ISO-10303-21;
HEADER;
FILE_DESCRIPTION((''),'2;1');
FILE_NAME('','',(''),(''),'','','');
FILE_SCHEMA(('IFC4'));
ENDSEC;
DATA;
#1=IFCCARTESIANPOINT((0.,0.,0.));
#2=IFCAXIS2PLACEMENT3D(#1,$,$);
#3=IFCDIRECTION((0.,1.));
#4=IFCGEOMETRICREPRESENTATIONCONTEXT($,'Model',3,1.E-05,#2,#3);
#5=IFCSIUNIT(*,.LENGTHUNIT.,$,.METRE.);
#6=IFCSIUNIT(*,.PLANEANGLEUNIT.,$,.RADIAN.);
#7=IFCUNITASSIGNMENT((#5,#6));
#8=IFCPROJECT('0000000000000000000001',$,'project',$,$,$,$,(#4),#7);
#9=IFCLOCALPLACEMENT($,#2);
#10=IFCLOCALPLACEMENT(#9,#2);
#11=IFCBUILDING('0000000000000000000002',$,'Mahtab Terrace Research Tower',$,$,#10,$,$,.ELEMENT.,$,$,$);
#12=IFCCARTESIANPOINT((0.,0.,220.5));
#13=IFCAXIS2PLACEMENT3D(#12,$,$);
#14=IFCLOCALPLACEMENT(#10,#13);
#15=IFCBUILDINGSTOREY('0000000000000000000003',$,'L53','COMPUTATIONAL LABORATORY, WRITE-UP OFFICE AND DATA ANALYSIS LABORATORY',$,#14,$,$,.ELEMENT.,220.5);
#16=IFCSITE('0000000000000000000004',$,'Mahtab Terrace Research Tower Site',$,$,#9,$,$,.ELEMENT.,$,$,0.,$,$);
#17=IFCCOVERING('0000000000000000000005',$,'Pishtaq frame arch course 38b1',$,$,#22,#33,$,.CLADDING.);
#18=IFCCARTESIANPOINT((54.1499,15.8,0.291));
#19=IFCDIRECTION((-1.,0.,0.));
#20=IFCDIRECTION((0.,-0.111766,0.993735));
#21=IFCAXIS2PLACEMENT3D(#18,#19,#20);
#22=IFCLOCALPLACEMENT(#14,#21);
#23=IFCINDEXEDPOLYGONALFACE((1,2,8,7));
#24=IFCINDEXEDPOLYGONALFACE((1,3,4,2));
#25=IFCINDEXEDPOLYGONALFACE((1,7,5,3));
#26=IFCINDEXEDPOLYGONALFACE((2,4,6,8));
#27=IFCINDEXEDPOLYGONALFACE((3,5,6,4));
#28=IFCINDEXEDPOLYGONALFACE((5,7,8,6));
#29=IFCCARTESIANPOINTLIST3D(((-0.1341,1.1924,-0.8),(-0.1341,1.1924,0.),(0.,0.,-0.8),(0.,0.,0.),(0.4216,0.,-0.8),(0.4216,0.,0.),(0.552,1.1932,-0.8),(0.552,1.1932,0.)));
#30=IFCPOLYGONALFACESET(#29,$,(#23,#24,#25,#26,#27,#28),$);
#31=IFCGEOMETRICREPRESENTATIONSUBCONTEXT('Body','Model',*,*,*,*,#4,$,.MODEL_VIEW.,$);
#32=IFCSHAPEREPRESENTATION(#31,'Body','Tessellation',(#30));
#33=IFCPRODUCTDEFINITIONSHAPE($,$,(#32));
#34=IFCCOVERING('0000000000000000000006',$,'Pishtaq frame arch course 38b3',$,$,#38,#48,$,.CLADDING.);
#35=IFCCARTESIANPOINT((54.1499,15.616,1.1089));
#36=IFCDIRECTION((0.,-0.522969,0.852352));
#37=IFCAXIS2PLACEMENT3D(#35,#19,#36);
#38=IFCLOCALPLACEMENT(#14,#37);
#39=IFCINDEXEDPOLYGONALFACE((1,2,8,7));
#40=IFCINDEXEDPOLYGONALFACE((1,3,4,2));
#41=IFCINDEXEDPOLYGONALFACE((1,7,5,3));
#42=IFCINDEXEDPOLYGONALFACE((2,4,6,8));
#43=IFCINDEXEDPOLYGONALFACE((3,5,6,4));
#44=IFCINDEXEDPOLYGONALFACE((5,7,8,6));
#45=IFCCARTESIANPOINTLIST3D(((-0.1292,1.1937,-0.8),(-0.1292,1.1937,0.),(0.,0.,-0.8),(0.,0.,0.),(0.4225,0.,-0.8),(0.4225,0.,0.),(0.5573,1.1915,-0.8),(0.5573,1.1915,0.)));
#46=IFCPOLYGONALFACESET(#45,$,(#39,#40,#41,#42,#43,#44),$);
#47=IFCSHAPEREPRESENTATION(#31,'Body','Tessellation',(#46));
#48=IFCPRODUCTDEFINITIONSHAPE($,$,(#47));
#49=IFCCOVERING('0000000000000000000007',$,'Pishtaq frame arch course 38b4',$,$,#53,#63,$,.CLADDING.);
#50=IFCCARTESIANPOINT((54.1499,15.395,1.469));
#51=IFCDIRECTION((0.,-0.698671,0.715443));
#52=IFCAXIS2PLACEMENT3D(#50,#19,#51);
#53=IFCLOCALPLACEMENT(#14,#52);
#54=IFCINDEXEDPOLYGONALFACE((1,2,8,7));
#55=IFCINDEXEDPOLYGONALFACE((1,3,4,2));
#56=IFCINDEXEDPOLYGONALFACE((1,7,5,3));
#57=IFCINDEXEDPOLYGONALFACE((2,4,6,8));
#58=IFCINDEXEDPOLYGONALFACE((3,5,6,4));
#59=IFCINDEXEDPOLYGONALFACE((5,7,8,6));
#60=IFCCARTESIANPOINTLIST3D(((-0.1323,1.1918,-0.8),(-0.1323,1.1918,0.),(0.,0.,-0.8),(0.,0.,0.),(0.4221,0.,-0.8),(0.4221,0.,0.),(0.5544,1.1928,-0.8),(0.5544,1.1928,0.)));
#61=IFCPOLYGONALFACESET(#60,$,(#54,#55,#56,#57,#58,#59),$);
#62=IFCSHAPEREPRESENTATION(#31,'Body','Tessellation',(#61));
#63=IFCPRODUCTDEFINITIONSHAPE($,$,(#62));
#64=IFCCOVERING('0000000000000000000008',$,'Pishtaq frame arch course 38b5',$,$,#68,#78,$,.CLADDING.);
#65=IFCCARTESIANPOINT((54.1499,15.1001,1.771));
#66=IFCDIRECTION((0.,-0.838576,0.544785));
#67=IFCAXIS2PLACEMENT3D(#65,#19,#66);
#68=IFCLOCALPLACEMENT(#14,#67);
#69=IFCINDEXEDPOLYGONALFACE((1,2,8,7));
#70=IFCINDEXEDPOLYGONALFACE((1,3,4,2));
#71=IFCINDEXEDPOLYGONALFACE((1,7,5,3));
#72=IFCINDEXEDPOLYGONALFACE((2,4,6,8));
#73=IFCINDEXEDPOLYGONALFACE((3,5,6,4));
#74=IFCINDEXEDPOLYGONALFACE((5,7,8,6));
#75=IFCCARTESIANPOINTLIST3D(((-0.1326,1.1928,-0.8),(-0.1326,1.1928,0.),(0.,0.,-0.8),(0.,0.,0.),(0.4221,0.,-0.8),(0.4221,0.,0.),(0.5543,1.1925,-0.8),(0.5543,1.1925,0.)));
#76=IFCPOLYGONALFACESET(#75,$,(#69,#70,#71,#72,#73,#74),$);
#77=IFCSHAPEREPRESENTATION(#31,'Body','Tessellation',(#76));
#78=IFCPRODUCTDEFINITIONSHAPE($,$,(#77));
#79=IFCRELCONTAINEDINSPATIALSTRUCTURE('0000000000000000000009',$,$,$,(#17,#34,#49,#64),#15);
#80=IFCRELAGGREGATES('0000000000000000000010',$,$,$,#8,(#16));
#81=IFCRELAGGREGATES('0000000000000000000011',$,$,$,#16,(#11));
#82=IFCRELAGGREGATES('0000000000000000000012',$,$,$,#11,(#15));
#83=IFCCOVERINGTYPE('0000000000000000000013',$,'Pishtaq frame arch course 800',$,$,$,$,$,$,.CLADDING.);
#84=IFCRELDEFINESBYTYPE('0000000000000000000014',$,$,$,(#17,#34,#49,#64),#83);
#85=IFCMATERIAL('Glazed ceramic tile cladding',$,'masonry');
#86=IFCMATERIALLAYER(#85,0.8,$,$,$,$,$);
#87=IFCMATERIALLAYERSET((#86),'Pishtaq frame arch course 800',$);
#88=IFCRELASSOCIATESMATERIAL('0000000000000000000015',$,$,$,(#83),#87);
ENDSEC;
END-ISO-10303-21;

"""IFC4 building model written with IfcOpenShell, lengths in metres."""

from ifc_helpers import new_model, si_unit, direction, frame, origin, place, context, subcontext, project, spatial, polyline, outline, extrude, material, layer, layer_set, type_object, element, save


model = new_model("IFC4")

# Units and contexts
model_context = context("Model", 3, precision=1e-05, world=origin(), true_north=direction((0.0, 1.0)))
body_context = subcontext(model_context, "Body", "Model", "MODEL_VIEW")
ifc_project = project(units=[si_unit("LENGTHUNIT", "METRE"), si_unit("PLANEANGLEUNIT", "RADIAN")], contexts=[model_context])

# Site, building, storey
site_placement = place(None, origin())
site = spatial("IfcSite", under=ifc_project, at=site_placement, Name="Mahtab Terrace Research Tower Site", CompositionType="ELEMENT", RefElevation=0.0)
building_placement = place(site_placement, origin())
building = spatial("IfcBuilding", under=site, at=building_placement, Name="Mahtab Terrace Research Tower", CompositionType="ELEMENT")
storey_placement = place(building_placement, frame((0.0, 0.0, 220.5)))
storey = spatial("IfcBuildingStorey", under=building, at=storey_placement, Name="L53", Description="COMPUTATIONAL LABORATORY, WRITE-UP OFFICE AND DATA ANALYSIS LABORATORY", CompositionType="ELEMENT", Elevation=220.5)

# Coverings
ifc_material_1 = material(Name="Glazed ceramic tile cladding", Category="masonry")
ifc_layer_1 = layer(ifc_material_1, 0.8)
ifc_layer_set_1 = layer_set([ifc_layer_1], Name="Pishtaq frame arch course 800")
covering_type_1 = type_object("IfcCoveringType", Name="Pishtaq frame arch course 800", PredefinedType="CLADDING", material=ifc_layer_set_1)
covering_1_placement = place(storey_placement, frame((54.1499, 15.8, 0.291), z_axis=(-1.0, 0.0, 0.0), x_axis=(0.0, -0.111766, 0.993735)))
element("IfcCovering", 1, at=covering_1_placement, inside=storey, type_object=covering_type_1, Name="Pishtaq frame arch course 38b1", PredefinedType="CLADDING", context=body_context, shape_type="SweptSolid", body=[
    extrude(outline(polyline([(0.0, 0.0), (0.4216, 0.0), (0.552, 1.1932), (-0.1341, 1.1924), (0.0, 0.0)])), origin(), (0.0, 0.0, -1.0), 0.8),
])
covering_2_placement = place(storey_placement, frame((54.1499, 15.616, 1.1089), z_axis=(-1.0, 0.0, 0.0), x_axis=(0.0, -0.522969, 0.852352)))
element("IfcCovering", 2, at=covering_2_placement, inside=storey, type_object=covering_type_1, Name="Pishtaq frame arch course 38b3", PredefinedType="CLADDING", context=body_context, shape_type="SweptSolid", body=[
    extrude(outline(polyline([(0.0, 0.0), (0.4225, 0.0), (0.5573, 1.1915), (-0.1292, 1.1937), (0.0, 0.0)])), origin(), (0.0, 0.0, -1.0), 0.8),
])
covering_3_placement = place(storey_placement, frame((54.1499, 15.395, 1.469), z_axis=(-1.0, 0.0, 0.0), x_axis=(0.0, -0.698671, 0.715443)))
element("IfcCovering", 3, at=covering_3_placement, inside=storey, type_object=covering_type_1, Name="Pishtaq frame arch course 38b4", PredefinedType="CLADDING", context=body_context, shape_type="SweptSolid", body=[
    extrude(outline(polyline([(0.0, 0.0), (0.4221, 0.0), (0.5544, 1.1928), (-0.1323, 1.1918), (0.0, 0.0)])), origin(), (0.0, 0.0, -1.0), 0.8),
])
covering_4_placement = place(storey_placement, frame((54.1499, 15.1001, 1.771), z_axis=(-1.0, 0.0, 0.0), x_axis=(0.0, -0.838576, 0.544785)))
element("IfcCovering", 4, at=covering_4_placement, inside=storey, type_object=covering_type_1, Name="Pishtaq frame arch course 38b5", PredefinedType="CLADDING", context=body_context, shape_type="SweptSolid", body=[
    extrude(outline(polyline([(0.0, 0.0), (0.4221, 0.0), (0.5543, 1.1925), (-0.1326, 1.1928), (0.0, 0.0)])), origin(), (0.0, 0.0, -1.0), 0.8),
])

save(model, "model.ifc")
